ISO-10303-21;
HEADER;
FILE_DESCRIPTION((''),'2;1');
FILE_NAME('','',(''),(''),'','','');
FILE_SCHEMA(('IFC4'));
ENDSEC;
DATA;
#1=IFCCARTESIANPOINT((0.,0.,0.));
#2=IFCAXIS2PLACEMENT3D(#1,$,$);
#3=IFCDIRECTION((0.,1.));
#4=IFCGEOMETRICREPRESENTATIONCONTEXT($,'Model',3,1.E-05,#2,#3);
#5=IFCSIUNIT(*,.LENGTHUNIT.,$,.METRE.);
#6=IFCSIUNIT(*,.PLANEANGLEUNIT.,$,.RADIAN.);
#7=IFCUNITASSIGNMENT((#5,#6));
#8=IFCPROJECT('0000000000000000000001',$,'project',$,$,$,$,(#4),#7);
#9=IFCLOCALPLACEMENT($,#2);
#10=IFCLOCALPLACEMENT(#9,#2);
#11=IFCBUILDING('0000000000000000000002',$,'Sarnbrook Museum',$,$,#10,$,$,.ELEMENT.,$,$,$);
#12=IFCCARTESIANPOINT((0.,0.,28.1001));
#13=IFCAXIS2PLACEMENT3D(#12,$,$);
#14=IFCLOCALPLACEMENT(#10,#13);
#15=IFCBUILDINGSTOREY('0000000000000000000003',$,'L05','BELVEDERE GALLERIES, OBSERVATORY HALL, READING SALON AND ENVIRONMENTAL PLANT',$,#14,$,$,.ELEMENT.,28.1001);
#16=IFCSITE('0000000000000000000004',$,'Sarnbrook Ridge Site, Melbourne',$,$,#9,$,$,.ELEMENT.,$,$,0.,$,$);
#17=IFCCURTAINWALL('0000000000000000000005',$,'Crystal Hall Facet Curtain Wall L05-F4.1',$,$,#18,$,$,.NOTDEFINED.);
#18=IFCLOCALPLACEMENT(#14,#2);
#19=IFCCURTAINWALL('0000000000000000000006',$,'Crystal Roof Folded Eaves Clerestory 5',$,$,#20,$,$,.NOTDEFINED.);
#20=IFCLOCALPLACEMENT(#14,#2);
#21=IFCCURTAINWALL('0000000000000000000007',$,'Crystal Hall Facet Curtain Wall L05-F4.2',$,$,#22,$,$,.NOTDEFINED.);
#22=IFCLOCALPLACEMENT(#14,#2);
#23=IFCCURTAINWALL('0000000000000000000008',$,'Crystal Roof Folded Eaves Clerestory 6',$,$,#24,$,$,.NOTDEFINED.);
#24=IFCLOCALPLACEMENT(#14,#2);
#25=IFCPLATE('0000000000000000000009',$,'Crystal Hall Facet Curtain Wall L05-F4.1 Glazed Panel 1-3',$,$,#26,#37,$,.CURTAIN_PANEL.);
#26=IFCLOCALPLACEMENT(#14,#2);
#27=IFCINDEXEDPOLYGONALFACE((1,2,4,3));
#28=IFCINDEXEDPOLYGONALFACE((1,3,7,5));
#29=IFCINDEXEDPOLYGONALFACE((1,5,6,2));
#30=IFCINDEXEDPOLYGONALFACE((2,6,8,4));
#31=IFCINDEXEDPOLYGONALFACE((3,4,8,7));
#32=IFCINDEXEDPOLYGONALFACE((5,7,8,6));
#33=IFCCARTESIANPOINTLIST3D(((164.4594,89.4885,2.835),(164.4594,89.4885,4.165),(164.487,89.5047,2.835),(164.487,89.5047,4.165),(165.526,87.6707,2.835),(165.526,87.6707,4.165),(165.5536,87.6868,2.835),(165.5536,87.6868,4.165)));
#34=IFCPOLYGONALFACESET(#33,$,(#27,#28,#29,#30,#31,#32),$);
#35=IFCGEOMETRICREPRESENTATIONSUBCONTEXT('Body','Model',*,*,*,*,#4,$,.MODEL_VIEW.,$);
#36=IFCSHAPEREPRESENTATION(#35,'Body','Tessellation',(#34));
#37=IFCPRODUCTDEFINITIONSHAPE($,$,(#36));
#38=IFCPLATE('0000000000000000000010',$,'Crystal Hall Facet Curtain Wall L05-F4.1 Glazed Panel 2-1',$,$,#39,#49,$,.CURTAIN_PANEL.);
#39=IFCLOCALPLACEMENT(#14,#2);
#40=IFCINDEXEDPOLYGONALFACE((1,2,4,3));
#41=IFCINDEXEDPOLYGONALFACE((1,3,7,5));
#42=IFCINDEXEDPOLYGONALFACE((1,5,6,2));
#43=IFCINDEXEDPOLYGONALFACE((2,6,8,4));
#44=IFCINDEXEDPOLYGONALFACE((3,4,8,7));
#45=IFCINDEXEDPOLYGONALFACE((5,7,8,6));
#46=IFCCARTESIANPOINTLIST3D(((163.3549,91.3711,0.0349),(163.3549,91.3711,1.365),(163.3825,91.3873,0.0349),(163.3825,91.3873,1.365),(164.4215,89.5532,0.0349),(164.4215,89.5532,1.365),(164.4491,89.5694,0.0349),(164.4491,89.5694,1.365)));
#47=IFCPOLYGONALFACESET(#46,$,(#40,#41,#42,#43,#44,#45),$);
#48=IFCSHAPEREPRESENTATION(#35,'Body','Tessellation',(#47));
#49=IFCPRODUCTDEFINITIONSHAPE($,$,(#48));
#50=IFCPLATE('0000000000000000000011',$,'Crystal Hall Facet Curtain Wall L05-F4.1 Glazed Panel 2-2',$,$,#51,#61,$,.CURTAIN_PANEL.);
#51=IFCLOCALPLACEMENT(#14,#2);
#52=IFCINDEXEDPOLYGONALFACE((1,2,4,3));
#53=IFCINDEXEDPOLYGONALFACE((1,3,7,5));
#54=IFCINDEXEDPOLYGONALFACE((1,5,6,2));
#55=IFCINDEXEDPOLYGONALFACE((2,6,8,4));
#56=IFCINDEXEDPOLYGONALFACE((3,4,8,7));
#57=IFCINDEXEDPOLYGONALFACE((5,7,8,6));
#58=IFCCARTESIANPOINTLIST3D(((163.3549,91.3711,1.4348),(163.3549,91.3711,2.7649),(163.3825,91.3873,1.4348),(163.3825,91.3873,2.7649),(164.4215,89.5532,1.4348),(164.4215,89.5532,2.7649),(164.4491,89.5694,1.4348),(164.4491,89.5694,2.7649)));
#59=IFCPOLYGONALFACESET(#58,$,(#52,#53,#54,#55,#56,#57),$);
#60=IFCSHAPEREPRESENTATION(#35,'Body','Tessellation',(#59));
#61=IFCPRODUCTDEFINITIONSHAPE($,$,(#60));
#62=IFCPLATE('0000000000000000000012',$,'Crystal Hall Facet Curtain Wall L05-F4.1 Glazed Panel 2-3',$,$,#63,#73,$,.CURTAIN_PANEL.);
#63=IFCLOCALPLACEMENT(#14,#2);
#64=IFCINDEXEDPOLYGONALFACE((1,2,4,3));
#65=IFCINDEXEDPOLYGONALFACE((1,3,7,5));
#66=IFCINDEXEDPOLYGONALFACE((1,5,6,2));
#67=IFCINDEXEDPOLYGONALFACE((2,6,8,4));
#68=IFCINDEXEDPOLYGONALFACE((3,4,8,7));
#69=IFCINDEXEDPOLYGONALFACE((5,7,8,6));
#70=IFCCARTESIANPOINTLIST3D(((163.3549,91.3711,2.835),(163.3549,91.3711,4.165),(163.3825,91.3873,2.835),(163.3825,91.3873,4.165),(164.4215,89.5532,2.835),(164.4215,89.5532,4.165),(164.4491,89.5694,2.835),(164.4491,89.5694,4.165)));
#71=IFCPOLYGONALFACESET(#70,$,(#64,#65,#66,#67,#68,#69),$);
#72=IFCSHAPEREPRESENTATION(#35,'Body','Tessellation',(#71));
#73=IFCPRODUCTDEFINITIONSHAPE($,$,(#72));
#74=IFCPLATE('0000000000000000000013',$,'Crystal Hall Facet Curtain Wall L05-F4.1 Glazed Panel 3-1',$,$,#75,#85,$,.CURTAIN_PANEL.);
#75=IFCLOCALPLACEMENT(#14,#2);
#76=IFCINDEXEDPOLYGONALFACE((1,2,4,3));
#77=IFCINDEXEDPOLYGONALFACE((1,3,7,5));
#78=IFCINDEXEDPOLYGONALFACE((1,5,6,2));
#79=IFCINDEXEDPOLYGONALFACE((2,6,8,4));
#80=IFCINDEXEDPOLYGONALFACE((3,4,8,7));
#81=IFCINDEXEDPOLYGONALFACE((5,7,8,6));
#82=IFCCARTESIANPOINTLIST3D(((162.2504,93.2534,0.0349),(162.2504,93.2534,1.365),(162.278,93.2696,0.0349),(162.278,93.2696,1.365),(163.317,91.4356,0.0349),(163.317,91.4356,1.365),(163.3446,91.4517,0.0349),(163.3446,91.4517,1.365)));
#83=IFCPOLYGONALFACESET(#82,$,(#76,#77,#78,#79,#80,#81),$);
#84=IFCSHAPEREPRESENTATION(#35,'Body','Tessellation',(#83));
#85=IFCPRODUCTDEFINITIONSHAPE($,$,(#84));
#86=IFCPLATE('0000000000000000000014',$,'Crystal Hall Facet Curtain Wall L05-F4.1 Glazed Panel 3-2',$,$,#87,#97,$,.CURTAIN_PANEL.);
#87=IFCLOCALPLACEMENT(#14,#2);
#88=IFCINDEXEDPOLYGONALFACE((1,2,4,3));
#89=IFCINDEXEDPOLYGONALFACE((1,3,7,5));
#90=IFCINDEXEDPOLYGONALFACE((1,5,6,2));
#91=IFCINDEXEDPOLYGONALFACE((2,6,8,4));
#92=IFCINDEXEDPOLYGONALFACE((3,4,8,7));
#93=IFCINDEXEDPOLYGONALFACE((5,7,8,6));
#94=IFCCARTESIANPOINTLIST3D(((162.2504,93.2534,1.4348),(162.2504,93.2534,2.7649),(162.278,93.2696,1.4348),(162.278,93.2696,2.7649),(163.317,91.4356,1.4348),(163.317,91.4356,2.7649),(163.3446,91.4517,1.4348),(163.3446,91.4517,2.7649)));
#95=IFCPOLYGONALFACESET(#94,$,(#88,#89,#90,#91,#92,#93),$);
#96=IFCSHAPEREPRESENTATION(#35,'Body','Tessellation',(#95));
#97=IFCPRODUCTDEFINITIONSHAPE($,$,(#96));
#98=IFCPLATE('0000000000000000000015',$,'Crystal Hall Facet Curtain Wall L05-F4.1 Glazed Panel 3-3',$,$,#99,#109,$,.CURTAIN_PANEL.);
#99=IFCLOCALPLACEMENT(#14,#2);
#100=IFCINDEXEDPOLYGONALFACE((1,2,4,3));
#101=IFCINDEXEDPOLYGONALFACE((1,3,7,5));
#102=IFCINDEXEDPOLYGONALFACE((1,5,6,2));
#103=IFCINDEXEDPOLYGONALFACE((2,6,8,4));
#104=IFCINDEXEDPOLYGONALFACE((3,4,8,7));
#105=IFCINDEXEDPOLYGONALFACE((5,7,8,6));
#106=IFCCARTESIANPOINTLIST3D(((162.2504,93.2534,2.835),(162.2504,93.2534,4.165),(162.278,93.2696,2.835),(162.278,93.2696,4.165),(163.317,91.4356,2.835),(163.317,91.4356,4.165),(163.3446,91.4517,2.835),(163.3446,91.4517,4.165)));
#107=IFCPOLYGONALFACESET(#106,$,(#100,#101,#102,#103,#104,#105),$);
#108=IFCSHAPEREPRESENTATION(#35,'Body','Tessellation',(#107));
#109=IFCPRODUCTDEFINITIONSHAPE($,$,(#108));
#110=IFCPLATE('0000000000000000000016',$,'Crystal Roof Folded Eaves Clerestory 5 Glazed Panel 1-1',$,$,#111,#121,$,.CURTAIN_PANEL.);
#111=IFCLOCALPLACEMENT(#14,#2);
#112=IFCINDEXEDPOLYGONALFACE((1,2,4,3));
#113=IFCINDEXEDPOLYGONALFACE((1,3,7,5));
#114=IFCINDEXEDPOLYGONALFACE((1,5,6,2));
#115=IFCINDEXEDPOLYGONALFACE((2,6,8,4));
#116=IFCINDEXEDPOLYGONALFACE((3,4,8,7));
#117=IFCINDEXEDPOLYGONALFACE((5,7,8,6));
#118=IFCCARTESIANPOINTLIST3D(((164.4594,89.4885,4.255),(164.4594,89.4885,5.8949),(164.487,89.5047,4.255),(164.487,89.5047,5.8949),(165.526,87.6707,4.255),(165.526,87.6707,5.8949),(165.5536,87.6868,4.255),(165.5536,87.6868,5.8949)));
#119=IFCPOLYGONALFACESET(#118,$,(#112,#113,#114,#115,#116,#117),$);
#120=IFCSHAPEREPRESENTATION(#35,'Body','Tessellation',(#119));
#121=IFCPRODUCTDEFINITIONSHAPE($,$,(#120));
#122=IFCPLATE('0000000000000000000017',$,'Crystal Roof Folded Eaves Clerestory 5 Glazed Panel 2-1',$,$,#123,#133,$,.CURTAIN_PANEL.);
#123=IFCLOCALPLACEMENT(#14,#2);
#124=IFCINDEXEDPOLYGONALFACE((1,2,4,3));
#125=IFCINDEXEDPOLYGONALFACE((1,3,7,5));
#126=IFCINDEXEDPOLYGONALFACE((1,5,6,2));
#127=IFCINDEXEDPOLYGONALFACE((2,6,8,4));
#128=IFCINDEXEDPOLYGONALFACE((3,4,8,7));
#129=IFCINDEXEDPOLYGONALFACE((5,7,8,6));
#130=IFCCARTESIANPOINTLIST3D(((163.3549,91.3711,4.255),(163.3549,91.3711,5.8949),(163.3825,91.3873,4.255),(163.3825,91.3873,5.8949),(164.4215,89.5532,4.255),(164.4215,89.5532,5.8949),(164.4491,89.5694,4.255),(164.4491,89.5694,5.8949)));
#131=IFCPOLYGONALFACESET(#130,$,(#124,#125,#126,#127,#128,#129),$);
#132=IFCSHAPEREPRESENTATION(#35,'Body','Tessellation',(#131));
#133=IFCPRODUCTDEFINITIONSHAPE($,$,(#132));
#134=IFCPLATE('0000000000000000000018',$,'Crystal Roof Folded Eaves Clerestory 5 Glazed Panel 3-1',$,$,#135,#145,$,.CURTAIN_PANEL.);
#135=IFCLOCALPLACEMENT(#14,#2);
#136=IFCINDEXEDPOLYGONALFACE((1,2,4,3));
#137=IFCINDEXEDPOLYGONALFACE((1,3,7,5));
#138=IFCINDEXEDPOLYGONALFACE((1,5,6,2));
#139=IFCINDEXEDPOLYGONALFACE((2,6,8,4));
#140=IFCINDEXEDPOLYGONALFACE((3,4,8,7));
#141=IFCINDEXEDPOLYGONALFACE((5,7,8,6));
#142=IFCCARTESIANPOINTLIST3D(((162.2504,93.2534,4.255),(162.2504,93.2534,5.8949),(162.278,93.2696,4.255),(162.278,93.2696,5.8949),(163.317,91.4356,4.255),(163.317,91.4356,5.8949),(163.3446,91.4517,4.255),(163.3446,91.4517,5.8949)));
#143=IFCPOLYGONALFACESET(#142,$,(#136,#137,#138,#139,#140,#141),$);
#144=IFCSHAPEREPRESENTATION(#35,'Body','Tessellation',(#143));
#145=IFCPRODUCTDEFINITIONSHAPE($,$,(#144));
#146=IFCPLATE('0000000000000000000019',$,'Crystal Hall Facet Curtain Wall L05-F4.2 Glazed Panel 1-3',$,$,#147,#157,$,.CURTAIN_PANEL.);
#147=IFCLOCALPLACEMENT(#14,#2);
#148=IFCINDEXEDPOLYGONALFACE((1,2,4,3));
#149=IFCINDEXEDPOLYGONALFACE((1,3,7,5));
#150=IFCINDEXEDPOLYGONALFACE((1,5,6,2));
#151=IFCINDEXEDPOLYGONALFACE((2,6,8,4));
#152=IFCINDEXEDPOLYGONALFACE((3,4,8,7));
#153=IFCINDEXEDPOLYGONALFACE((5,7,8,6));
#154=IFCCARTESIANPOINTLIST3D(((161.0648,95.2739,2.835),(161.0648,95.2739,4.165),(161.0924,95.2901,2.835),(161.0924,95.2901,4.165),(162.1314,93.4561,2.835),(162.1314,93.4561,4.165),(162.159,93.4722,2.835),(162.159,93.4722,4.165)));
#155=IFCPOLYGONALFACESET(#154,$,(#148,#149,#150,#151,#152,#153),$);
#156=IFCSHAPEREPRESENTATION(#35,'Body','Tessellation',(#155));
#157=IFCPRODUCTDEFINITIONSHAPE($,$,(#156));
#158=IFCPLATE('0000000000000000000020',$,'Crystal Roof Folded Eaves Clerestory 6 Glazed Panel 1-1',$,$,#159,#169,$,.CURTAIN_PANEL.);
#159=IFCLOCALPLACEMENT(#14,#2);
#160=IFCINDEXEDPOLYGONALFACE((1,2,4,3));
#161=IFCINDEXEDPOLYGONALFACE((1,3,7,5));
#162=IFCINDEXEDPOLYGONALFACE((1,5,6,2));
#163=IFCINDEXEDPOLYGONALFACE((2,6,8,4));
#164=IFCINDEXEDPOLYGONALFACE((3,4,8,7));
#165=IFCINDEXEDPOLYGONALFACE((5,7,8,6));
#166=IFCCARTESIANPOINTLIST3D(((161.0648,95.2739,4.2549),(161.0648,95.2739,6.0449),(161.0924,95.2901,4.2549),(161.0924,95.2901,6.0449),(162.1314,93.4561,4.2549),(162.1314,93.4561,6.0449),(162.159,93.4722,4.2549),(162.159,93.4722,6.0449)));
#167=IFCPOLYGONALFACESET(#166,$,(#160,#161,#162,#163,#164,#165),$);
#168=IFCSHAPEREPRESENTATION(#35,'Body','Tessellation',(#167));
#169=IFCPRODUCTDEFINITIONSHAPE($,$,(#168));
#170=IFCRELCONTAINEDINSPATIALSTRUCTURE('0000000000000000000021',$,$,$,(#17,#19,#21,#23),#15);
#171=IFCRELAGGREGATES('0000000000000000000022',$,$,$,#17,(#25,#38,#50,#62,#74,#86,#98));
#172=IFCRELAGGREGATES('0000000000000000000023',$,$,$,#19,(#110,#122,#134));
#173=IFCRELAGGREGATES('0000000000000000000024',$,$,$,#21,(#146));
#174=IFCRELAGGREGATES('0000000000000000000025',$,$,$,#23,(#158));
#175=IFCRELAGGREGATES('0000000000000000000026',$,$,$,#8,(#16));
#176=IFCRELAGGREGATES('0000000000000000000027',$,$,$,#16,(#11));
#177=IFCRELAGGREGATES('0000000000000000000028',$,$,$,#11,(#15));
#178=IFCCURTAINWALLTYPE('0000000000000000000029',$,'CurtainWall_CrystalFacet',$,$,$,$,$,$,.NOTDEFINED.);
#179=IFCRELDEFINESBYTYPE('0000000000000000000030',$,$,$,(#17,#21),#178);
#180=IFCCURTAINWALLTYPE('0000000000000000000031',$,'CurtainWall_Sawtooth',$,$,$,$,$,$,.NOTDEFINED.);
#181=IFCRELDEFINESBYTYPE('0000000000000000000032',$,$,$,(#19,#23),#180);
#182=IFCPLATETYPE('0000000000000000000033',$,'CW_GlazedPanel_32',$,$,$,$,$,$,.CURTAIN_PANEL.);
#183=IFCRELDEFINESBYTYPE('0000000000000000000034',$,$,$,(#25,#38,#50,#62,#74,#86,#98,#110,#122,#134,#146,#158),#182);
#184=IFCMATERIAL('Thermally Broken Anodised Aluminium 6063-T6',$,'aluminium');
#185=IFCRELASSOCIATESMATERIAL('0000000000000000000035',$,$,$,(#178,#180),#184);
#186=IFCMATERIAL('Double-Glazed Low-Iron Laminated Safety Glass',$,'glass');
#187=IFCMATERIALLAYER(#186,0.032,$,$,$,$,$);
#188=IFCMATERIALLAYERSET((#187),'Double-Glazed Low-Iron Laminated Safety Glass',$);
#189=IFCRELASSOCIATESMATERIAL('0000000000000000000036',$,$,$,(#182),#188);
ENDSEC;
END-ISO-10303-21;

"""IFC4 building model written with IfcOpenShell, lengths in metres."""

from ifc_helpers import new_model, si_unit, direction, frame, origin, origin_2d, place, context, subcontext, project, spatial, rectangle, extrude, material, layer, layer_set, type_object, element, aggregate, save


model = new_model("IFC4")

# Units and contexts
model_context = context("Model", 3, precision=1e-05, world=origin(), true_north=direction((0.0, 1.0)))
body_context = subcontext(model_context, "Body", "Model", "MODEL_VIEW")
ifc_project = project(units=[si_unit("LENGTHUNIT", "METRE"), si_unit("PLANEANGLEUNIT", "RADIAN")], contexts=[model_context])

# Site, building, storey
site_placement = place(None, origin())
site = spatial("IfcSite", under=ifc_project, at=site_placement, Name="Sarnbrook Ridge Site, Melbourne", CompositionType="ELEMENT", RefElevation=0.0)
building_placement = place(site_placement, origin())
building = spatial("IfcBuilding", under=site, at=building_placement, Name="Sarnbrook Museum", CompositionType="ELEMENT")
storey_placement = place(building_placement, frame((0.0, 0.0, 28.1001)))
storey = spatial("IfcBuildingStorey", under=building, at=storey_placement, Name="L05", Description="BELVEDERE GALLERIES, OBSERVATORY HALL, READING SALON AND ENVIRONMENTAL PLANT", CompositionType="ELEMENT", Elevation=28.1001)

# Curtain walls
ifc_material_1 = material(Name="Thermally Broken Anodised Aluminium 6063-T6", Category="aluminium")
curtain_wall_type_1 = type_object("IfcCurtainWallType", Name="CurtainWall_CrystalFacet", PredefinedType="NOTDEFINED", material=ifc_material_1)
curtain_wall_1_placement = place(storey_placement, origin())
curtain_wall_1 = element("IfcCurtainWall", 1, at=curtain_wall_1_placement, inside=storey, type_object=curtain_wall_type_1, Name="Crystal Hall Facet Curtain Wall L05-F4.1", PredefinedType="NOTDEFINED")
curtain_wall_type_2 = type_object("IfcCurtainWallType", Name="CurtainWall_Sawtooth", PredefinedType="NOTDEFINED", material=ifc_material_1)
curtain_wall_2_placement = place(storey_placement, origin())
curtain_wall_2 = element("IfcCurtainWall", 2, at=curtain_wall_2_placement, inside=storey, type_object=curtain_wall_type_2, Name="Crystal Roof Folded Eaves Clerestory 5", PredefinedType="NOTDEFINED")

# Curtain walls
curtain_wall_3_placement = place(storey_placement, origin())
curtain_wall_3 = element("IfcCurtainWall", 3, at=curtain_wall_3_placement, inside=storey, type_object=curtain_wall_type_1, Name="Crystal Hall Facet Curtain Wall L05-F4.2", PredefinedType="NOTDEFINED")
curtain_wall_4_placement = place(storey_placement, origin())
curtain_wall_4 = element("IfcCurtainWall", 4, at=curtain_wall_4_placement, inside=storey, type_object=curtain_wall_type_2, Name="Crystal Roof Folded Eaves Clerestory 6", PredefinedType="NOTDEFINED")

# Plates
ifc_material_2 = material(Name="Double-Glazed Low-Iron Laminated Safety Glass", Category="glass")
ifc_layer = layer(ifc_material_2, 0.032)
ifc_layer_set = layer_set([ifc_layer], Name="Double-Glazed Low-Iron Laminated Safety Glass")
plate_type = type_object("IfcPlateType", Name="CW_GlazedPanel_32", PredefinedType="CURTAIN_PANEL", material=ifc_layer_set)
plate_1_placement = place(storey_placement, frame((164.9927, 88.5796, 3.5), z_axis=(0.8625, 0.506057, 0.0), x_axis=(-0.506057, 0.8625, 0.0)))
plate_1 = element("IfcPlate", 5, at=plate_1_placement, type_object=plate_type, Name="Crystal Hall Facet Curtain Wall L05-F4.1 Glazed Panel 1-3", PredefinedType="CURTAIN_PANEL", context=body_context, shape_type="SweptSolid", body=[
    extrude(rectangle(XDim=2.1077, YDim=1.3301, at=origin_2d()), origin(), (0.0, 0.0, 1.0), 0.032),
])
plate_2_placement = place(storey_placement, frame((163.8882, 90.4622, 0.7), z_axis=(0.8625, 0.506057, 0.0), x_axis=(-0.506057, 0.8625, 0.0)))
plate_2 = element("IfcPlate", 6, at=plate_2_placement, type_object=plate_type, Name="Crystal Hall Facet Curtain Wall L05-F4.1 Glazed Panel 2-1", PredefinedType="CURTAIN_PANEL", context=body_context, shape_type="SweptSolid", body=[
    extrude(rectangle(XDim=2.1077, YDim=1.3301, at=origin_2d()), origin(), (0.0, 0.0, 1.0), 0.032),
])
plate_3_placement = place(storey_placement, frame((163.8882, 90.4622, 2.0999), z_axis=(0.8625, 0.506057, 0.0), x_axis=(-0.506057, 0.8625, 0.0)))
plate_3 = element("IfcPlate", 7, at=plate_3_placement, type_object=plate_type, Name="Crystal Hall Facet Curtain Wall L05-F4.1 Glazed Panel 2-2", PredefinedType="CURTAIN_PANEL", context=body_context, shape_type="SweptSolid", body=[
    extrude(rectangle(XDim=2.1077, YDim=1.3301, at=origin_2d()), origin(), (0.0, 0.0, 1.0), 0.032),
])
plate_4_placement = place(storey_placement, frame((163.8882, 90.4622, 3.5), z_axis=(0.8625, 0.506057, 0.0), x_axis=(-0.506057, 0.8625, 0.0)))
plate_4 = element("IfcPlate", 8, at=plate_4_placement, type_object=plate_type, Name="Crystal Hall Facet Curtain Wall L05-F4.1 Glazed Panel 2-3", PredefinedType="CURTAIN_PANEL", context=body_context, shape_type="SweptSolid", body=[
    extrude(rectangle(XDim=2.1077, YDim=1.3301, at=origin_2d()), origin(), (0.0, 0.0, 1.0), 0.032),
])
plate_5_placement = place(storey_placement, frame((162.7837, 92.3445, 0.7), z_axis=(0.8625, 0.506057, 0.0), x_axis=(-0.506057, 0.8625, 0.0)))
plate_5 = element("IfcPlate", 9, at=plate_5_placement, type_object=plate_type, Name="Crystal Hall Facet Curtain Wall L05-F4.1 Glazed Panel 3-1", PredefinedType="CURTAIN_PANEL", context=body_context, shape_type="SweptSolid", body=[
    extrude(rectangle(XDim=2.1077, YDim=1.3301, at=origin_2d()), origin(), (0.0, 0.0, 1.0), 0.032),
])
plate_6_placement = place(storey_placement, frame((162.7837, 92.3445, 2.0999), z_axis=(0.8625, 0.506057, 0.0), x_axis=(-0.506057, 0.8625, 0.0)))
plate_6 = element("IfcPlate", 10, at=plate_6_placement, type_object=plate_type, Name="Crystal Hall Facet Curtain Wall L05-F4.1 Glazed Panel 3-2", PredefinedType="CURTAIN_PANEL", context=body_context, shape_type="SweptSolid", body=[
    extrude(rectangle(XDim=2.1077, YDim=1.3301, at=origin_2d()), origin(), (0.0, 0.0, 1.0), 0.032),
])
plate_7_placement = place(storey_placement, frame((162.7837, 92.3445, 3.5), z_axis=(0.8625, 0.506057, 0.0), x_axis=(-0.506057, 0.8625, 0.0)))
plate_7 = element("IfcPlate", 11, at=plate_7_placement, type_object=plate_type, Name="Crystal Hall Facet Curtain Wall L05-F4.1 Glazed Panel 3-3", PredefinedType="CURTAIN_PANEL", context=body_context, shape_type="SweptSolid", body=[
    extrude(rectangle(XDim=2.1077, YDim=1.3301, at=origin_2d()), origin(), (0.0, 0.0, 1.0), 0.032),
])
aggregate(curtain_wall_1, [plate_1, plate_2, plate_3, plate_4, plate_5, plate_6, plate_7])
plate_8_placement = place(storey_placement, frame((164.9927, 88.5796, 5.075), z_axis=(0.8625, 0.506057, 0.0), x_axis=(-0.506057, 0.8625, 0.0)))
plate_8 = element("IfcPlate", 12, at=plate_8_placement, type_object=plate_type, Name="Crystal Roof Folded Eaves Clerestory 5 Glazed Panel 1-1", PredefinedType="CURTAIN_PANEL", context=body_context, shape_type="SweptSolid", body=[
    extrude(rectangle(XDim=2.1077, YDim=1.6399, at=origin_2d()), origin(), (0.0, 0.0, 1.0), 0.032),
])
plate_9_placement = place(storey_placement, frame((163.8882, 90.4622, 5.075), z_axis=(0.8625, 0.506057, 0.0), x_axis=(-0.506057, 0.8625, 0.0)))
plate_9 = element("IfcPlate", 13, at=plate_9_placement, type_object=plate_type, Name="Crystal Roof Folded Eaves Clerestory 5 Glazed Panel 2-1", PredefinedType="CURTAIN_PANEL", context=body_context, shape_type="SweptSolid", body=[
    extrude(rectangle(XDim=2.1077, YDim=1.6399, at=origin_2d()), origin(), (0.0, 0.0, 1.0), 0.032),
])
plate_10_placement = place(storey_placement, frame((162.7837, 92.3445, 5.075), z_axis=(0.8625, 0.506057, 0.0), x_axis=(-0.506057, 0.8625, 0.0)))
plate_10 = element("IfcPlate", 14, at=plate_10_placement, type_object=plate_type, Name="Crystal Roof Folded Eaves Clerestory 5 Glazed Panel 3-1", PredefinedType="CURTAIN_PANEL", context=body_context, shape_type="SweptSolid", body=[
    extrude(rectangle(XDim=2.1077, YDim=1.6399, at=origin_2d()), origin(), (0.0, 0.0, 1.0), 0.032),
])
aggregate(curtain_wall_2, [plate_8, plate_9, plate_10])
plate_11_placement = place(storey_placement, frame((161.5981, 94.365, 3.5), z_axis=(0.8625, 0.506057, 0.0), x_axis=(-0.506057, 0.8625, 0.0)))
plate_11 = element("IfcPlate", 15, at=plate_11_placement, type_object=plate_type, Name="Crystal Hall Facet Curtain Wall L05-F4.2 Glazed Panel 1-3", PredefinedType="CURTAIN_PANEL", context=body_context, shape_type="SweptSolid", body=[
    extrude(rectangle(XDim=2.1077, YDim=1.3301, at=origin_2d()), origin(), (0.0, 0.0, 1.0), 0.032),
])
aggregate(curtain_wall_3, [plate_11])
plate_12_placement = place(storey_placement, frame((161.5981, 94.365, 5.1499), z_axis=(0.8625, 0.506057, 0.0), x_axis=(-0.506057, 0.8625, 0.0)))
plate_12 = element("IfcPlate", 16, at=plate_12_placement, type_object=plate_type, Name="Crystal Roof Folded Eaves Clerestory 6 Glazed Panel 1-1", PredefinedType="CURTAIN_PANEL", context=body_context, shape_type="SweptSolid", body=[
    extrude(rectangle(XDim=2.1077, YDim=1.79, at=origin_2d()), origin(), (0.0, 0.0, 1.0), 0.032),
])
aggregate(curtain_wall_4, [plate_12])

save(model, "model.ifc")
